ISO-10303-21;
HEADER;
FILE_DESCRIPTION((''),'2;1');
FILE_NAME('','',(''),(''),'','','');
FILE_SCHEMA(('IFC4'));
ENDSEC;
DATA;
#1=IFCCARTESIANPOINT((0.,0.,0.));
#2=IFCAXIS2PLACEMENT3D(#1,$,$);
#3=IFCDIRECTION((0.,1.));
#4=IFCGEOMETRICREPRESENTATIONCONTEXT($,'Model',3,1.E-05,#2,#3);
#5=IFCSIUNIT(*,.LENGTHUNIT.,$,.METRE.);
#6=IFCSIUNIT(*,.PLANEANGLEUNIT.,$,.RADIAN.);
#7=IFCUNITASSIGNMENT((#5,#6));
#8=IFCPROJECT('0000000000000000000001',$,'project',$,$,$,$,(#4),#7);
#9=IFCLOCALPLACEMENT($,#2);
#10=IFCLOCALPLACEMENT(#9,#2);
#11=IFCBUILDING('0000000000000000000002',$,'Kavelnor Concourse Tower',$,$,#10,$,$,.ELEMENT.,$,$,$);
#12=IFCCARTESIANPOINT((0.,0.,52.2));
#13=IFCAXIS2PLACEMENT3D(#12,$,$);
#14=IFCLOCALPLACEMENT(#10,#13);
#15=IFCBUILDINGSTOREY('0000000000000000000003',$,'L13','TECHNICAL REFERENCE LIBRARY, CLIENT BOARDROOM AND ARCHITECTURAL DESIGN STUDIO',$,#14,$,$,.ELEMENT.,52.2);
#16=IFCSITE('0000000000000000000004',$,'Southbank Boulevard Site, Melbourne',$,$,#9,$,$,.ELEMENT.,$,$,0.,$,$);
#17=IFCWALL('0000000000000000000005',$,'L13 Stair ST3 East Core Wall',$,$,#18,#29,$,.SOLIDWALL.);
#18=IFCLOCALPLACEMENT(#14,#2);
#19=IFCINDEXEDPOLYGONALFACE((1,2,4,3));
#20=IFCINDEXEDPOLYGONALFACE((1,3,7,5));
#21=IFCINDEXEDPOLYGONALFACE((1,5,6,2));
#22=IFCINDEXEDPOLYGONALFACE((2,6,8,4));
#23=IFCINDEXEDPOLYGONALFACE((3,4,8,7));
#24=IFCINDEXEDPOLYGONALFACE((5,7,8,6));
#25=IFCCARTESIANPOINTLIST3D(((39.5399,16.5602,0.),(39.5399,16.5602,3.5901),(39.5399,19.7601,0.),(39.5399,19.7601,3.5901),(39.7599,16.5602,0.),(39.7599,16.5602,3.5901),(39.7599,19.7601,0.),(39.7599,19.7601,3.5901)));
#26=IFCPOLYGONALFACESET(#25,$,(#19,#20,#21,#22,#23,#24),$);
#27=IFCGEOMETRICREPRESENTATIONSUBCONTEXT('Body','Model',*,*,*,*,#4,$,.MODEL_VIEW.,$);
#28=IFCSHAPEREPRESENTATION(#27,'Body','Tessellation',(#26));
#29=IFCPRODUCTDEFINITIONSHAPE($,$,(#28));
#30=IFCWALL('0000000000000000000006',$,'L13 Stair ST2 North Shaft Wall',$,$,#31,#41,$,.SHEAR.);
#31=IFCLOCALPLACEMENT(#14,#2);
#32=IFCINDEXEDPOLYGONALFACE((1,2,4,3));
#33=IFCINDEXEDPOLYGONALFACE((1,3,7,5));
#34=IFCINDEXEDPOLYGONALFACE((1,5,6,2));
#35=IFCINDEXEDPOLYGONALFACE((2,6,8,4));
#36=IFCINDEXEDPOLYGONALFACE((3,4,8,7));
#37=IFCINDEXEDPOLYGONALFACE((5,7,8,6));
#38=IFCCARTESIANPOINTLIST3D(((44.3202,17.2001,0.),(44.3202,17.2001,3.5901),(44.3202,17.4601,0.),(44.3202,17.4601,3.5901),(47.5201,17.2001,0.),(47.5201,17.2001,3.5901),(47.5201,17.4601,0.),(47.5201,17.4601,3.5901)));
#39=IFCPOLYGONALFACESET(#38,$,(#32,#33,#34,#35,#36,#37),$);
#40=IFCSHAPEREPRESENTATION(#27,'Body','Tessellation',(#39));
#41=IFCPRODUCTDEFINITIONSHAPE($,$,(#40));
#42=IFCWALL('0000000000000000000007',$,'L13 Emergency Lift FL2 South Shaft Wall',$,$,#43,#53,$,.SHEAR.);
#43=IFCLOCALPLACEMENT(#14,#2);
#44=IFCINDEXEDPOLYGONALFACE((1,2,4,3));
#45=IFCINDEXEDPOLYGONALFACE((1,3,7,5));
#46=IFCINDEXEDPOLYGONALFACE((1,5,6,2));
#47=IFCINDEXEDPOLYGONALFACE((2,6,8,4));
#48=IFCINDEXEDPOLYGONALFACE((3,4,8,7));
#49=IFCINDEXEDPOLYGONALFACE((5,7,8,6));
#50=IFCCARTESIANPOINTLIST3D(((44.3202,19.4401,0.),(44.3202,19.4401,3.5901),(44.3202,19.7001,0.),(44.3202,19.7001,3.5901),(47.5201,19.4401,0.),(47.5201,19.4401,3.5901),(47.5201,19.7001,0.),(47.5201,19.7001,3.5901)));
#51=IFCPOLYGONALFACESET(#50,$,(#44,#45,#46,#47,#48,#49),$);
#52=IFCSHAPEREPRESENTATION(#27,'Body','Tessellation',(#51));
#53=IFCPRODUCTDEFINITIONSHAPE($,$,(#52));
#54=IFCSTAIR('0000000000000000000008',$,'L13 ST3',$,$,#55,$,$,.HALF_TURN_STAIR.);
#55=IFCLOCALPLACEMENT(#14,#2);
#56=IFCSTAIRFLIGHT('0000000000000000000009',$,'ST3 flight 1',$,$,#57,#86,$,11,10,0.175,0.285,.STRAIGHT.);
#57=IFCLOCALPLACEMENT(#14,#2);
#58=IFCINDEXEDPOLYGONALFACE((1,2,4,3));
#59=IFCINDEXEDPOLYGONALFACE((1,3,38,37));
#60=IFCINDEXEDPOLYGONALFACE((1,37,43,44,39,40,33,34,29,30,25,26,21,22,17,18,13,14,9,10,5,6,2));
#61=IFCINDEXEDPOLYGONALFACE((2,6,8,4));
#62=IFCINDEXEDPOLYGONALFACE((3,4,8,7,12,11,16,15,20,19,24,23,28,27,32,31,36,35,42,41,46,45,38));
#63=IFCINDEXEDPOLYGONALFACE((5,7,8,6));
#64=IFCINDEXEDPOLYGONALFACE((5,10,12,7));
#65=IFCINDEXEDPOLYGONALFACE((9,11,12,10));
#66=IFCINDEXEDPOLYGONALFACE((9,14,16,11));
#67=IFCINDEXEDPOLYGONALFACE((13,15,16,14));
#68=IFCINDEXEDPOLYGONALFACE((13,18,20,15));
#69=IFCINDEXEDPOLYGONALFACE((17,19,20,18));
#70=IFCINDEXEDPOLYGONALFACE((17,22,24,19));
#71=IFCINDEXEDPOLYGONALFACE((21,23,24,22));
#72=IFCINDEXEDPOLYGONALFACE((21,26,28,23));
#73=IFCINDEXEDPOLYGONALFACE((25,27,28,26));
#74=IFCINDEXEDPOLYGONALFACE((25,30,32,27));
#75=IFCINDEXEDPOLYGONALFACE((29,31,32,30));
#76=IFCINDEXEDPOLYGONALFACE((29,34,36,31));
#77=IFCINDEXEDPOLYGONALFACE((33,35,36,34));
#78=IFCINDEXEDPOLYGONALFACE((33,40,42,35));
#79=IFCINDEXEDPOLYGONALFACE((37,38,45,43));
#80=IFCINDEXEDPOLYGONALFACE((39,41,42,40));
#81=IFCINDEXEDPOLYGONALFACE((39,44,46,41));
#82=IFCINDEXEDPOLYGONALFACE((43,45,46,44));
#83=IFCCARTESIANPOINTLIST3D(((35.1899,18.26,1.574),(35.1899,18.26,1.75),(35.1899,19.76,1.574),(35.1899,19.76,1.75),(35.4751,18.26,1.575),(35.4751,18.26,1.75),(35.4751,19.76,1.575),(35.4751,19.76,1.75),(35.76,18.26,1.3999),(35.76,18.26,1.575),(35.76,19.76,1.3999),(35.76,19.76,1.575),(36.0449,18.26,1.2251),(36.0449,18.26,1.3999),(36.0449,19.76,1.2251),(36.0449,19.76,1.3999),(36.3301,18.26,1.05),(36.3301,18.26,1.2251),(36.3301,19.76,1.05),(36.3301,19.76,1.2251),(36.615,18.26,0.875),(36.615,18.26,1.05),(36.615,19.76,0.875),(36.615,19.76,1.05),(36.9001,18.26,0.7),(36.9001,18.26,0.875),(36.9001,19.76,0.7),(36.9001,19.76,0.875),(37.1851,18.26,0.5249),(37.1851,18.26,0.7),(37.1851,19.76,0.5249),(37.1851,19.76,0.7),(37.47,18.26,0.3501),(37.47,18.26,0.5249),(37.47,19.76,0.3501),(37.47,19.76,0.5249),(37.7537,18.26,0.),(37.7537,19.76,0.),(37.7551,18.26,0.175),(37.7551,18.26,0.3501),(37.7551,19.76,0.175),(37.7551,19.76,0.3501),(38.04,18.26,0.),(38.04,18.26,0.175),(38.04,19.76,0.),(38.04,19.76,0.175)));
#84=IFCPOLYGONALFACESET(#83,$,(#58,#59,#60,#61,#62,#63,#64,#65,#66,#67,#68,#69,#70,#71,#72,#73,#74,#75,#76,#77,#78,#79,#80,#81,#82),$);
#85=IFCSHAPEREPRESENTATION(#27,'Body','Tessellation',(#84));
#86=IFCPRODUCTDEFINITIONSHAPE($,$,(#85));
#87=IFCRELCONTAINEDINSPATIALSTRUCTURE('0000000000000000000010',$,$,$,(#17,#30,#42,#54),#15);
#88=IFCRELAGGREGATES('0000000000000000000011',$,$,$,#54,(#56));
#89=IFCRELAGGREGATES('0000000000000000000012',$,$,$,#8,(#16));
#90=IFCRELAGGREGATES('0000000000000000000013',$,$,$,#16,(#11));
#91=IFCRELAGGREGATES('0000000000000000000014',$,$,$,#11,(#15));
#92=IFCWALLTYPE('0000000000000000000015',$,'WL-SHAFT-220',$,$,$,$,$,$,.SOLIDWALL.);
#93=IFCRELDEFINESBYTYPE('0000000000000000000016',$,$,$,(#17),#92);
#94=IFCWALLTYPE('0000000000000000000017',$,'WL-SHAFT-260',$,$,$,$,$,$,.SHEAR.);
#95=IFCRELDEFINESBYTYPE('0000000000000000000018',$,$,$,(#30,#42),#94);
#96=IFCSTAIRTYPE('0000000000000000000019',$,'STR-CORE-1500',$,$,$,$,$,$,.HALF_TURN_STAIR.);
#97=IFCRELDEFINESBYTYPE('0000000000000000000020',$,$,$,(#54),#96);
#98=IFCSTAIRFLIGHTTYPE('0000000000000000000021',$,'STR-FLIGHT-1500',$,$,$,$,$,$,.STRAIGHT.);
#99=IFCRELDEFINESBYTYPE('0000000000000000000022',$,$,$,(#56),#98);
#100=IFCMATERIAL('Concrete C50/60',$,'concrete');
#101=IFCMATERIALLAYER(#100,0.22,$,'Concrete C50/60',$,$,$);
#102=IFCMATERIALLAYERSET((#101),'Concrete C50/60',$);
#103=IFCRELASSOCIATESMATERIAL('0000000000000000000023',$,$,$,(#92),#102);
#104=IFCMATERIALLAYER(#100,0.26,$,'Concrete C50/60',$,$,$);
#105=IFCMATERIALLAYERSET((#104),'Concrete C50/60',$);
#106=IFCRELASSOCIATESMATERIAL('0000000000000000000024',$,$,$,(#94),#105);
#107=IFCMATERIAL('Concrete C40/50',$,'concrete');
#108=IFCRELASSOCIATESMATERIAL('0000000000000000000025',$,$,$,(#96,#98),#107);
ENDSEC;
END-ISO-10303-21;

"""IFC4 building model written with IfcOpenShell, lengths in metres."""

from ifc_helpers import new_model, si_unit, direction, frame, frame_2d, origin, place, context, subcontext, project, spatial, polyline, rectangle, outline, extrude, material, layer, layer_set, type_object, element, aggregate, save


model = new_model("IFC4")

# Units and contexts
model_context = context("Model", 3, precision=1e-05, world=origin(), true_north=direction((0.0, 1.0)))
body_context = subcontext(model_context, "Body", "Model", "MODEL_VIEW")
ifc_project = project(units=[si_unit("LENGTHUNIT", "METRE"), si_unit("PLANEANGLEUNIT", "RADIAN")], contexts=[model_context])

# Site, building, storey
site_placement = place(None, origin())
site = spatial("IfcSite", under=ifc_project, at=site_placement, Name="Southbank Boulevard Site, Melbourne", CompositionType="ELEMENT", RefElevation=0.0)
building_placement = place(site_placement, origin())
building = spatial("IfcBuilding", under=site, at=building_placement, Name="Kavelnor Concourse Tower", CompositionType="ELEMENT")
storey_placement = place(building_placement, frame((0.0, 0.0, 52.2)))
storey = spatial("IfcBuildingStorey", under=building, at=storey_placement, Name="L13", Description="TECHNICAL REFERENCE LIBRARY, CLIENT BOARDROOM AND ARCHITECTURAL DESIGN STUDIO", CompositionType="ELEMENT", Elevation=52.2)

# Walls
ifc_material_1 = material(Name="Concrete C50/60", Category="concrete")
ifc_layer_1 = layer(ifc_material_1, 0.22, Name="Concrete C50/60")
ifc_layer_set_1 = layer_set([ifc_layer_1], Name="Concrete C50/60")
wall_type_1 = type_object("IfcWallType", Name="WL-SHAFT-220", PredefinedType="SOLIDWALL", material=ifc_layer_set_1)
wall_1_placement = place(storey_placement, frame((39.6499, 16.5601, 0.0), z_axis=(0.0, 0.0, 1.0), x_axis=(0.0, 1.0, 0.0)))
element("IfcWall", 1, at=wall_1_placement, inside=storey, type_object=wall_type_1, Name="L13 Stair ST3 East Core Wall", PredefinedType="SOLIDWALL", context=body_context, shape_type="SweptSolid", body=[
    extrude(rectangle(XDim=3.2, YDim=0.22, at=frame_2d((1.6001, 0.0))), origin(), (0.0, 0.0, 1.0), 3.5901),
])
ifc_layer_2 = layer(ifc_material_1, 0.26, Name="Concrete C50/60")
ifc_layer_set_2 = layer_set([ifc_layer_2], Name="Concrete C50/60")
wall_type_2 = type_object("IfcWallType", Name="WL-SHAFT-260", PredefinedType="SHEAR", material=ifc_layer_set_2)
for number, where, z_axis, x_axis, name in (
    (2, (44.3201, 17.3301, 0.0), (0.0, 0.0, 1.0), (1.0, 0.0, 0.0), "L13 Stair ST2 North Shaft Wall"),
    (3, (44.3201, 19.5701, 0.0), (0.0, 0.0, 1.0), (1.0, 0.0, 0.0), "L13 Emergency Lift FL2 South Shaft Wall"),
):
    element("IfcWall", number, at=place(storey_placement, frame(where, z_axis=z_axis, x_axis=x_axis)), inside=storey, type_object=wall_type_2, Name=name, PredefinedType="SHEAR", context=body_context, shape_type="SweptSolid", body=[
        extrude(rectangle(XDim=3.2, YDim=0.26, at=frame_2d((1.6001, 0.0))), origin(), (0.0, 0.0, 1.0), 3.5901),
    ])

# Stair, stair flight
ifc_material_2 = material(Name="Concrete C40/50", Category="concrete")
stair_type = type_object("IfcStairType", Name="STR-CORE-1500", PredefinedType="HALF_TURN_STAIR", material=ifc_material_2)
stair_placement = place(storey_placement, origin())
stair = element("IfcStair", 4, at=stair_placement, inside=storey, type_object=stair_type, Name="L13 ST3", PredefinedType="HALF_TURN_STAIR")
stair_flight_type = type_object("IfcStairFlightType", Name="STR-FLIGHT-1500", PredefinedType="STRAIGHT", material=ifc_material_2)
stair_flight_placement = place(storey_placement, frame((38.04, 19.01, 0.0), z_axis=(0.0, 0.0, 1.0), x_axis=(-1.0, 0.0, 0.0)))
stair_flight = element("IfcStairFlight", 5, at=stair_flight_placement, type_object=stair_flight_type, Name="ST3 flight 1", NumberOfRisers=11, NumberOfTreads=10, PredefinedType="STRAIGHT", RiserHeight=0.175, TreadLength=0.285, context=body_context, shape_type="SweptSolid", body=[
    extrude(outline(polyline([(0.0, 0.0), (0.0, 0.175), (0.2849, 0.175), (0.2849, 0.3501), (0.5701, 0.3501), (0.5701, 0.5249), (0.855, 0.5249), (0.855, 0.7), (1.1399, 0.7), (1.1399, 0.875), (1.425, 0.875), (1.425, 1.05), (1.71, 1.05), (1.71, 1.2251), (1.9951, 1.2251), (1.9951, 1.3999), (2.28, 1.3999), (2.28, 1.575), (2.5649, 1.575), (2.5649, 1.75), (2.8501, 1.75), (2.8501, 1.925), (2.8501, 1.574), (0.2864, 0.0), (0.0, 0.0)])), frame((0.0, 0.75, 0.0), z_axis=(0.0, -1.0, 0.0), x_axis=(1.0, 0.0, 0.0)), (0.0, 0.0, 1.0), 1.5),
])
aggregate(stair, [stair_flight])

save(model, "model.ifc")
